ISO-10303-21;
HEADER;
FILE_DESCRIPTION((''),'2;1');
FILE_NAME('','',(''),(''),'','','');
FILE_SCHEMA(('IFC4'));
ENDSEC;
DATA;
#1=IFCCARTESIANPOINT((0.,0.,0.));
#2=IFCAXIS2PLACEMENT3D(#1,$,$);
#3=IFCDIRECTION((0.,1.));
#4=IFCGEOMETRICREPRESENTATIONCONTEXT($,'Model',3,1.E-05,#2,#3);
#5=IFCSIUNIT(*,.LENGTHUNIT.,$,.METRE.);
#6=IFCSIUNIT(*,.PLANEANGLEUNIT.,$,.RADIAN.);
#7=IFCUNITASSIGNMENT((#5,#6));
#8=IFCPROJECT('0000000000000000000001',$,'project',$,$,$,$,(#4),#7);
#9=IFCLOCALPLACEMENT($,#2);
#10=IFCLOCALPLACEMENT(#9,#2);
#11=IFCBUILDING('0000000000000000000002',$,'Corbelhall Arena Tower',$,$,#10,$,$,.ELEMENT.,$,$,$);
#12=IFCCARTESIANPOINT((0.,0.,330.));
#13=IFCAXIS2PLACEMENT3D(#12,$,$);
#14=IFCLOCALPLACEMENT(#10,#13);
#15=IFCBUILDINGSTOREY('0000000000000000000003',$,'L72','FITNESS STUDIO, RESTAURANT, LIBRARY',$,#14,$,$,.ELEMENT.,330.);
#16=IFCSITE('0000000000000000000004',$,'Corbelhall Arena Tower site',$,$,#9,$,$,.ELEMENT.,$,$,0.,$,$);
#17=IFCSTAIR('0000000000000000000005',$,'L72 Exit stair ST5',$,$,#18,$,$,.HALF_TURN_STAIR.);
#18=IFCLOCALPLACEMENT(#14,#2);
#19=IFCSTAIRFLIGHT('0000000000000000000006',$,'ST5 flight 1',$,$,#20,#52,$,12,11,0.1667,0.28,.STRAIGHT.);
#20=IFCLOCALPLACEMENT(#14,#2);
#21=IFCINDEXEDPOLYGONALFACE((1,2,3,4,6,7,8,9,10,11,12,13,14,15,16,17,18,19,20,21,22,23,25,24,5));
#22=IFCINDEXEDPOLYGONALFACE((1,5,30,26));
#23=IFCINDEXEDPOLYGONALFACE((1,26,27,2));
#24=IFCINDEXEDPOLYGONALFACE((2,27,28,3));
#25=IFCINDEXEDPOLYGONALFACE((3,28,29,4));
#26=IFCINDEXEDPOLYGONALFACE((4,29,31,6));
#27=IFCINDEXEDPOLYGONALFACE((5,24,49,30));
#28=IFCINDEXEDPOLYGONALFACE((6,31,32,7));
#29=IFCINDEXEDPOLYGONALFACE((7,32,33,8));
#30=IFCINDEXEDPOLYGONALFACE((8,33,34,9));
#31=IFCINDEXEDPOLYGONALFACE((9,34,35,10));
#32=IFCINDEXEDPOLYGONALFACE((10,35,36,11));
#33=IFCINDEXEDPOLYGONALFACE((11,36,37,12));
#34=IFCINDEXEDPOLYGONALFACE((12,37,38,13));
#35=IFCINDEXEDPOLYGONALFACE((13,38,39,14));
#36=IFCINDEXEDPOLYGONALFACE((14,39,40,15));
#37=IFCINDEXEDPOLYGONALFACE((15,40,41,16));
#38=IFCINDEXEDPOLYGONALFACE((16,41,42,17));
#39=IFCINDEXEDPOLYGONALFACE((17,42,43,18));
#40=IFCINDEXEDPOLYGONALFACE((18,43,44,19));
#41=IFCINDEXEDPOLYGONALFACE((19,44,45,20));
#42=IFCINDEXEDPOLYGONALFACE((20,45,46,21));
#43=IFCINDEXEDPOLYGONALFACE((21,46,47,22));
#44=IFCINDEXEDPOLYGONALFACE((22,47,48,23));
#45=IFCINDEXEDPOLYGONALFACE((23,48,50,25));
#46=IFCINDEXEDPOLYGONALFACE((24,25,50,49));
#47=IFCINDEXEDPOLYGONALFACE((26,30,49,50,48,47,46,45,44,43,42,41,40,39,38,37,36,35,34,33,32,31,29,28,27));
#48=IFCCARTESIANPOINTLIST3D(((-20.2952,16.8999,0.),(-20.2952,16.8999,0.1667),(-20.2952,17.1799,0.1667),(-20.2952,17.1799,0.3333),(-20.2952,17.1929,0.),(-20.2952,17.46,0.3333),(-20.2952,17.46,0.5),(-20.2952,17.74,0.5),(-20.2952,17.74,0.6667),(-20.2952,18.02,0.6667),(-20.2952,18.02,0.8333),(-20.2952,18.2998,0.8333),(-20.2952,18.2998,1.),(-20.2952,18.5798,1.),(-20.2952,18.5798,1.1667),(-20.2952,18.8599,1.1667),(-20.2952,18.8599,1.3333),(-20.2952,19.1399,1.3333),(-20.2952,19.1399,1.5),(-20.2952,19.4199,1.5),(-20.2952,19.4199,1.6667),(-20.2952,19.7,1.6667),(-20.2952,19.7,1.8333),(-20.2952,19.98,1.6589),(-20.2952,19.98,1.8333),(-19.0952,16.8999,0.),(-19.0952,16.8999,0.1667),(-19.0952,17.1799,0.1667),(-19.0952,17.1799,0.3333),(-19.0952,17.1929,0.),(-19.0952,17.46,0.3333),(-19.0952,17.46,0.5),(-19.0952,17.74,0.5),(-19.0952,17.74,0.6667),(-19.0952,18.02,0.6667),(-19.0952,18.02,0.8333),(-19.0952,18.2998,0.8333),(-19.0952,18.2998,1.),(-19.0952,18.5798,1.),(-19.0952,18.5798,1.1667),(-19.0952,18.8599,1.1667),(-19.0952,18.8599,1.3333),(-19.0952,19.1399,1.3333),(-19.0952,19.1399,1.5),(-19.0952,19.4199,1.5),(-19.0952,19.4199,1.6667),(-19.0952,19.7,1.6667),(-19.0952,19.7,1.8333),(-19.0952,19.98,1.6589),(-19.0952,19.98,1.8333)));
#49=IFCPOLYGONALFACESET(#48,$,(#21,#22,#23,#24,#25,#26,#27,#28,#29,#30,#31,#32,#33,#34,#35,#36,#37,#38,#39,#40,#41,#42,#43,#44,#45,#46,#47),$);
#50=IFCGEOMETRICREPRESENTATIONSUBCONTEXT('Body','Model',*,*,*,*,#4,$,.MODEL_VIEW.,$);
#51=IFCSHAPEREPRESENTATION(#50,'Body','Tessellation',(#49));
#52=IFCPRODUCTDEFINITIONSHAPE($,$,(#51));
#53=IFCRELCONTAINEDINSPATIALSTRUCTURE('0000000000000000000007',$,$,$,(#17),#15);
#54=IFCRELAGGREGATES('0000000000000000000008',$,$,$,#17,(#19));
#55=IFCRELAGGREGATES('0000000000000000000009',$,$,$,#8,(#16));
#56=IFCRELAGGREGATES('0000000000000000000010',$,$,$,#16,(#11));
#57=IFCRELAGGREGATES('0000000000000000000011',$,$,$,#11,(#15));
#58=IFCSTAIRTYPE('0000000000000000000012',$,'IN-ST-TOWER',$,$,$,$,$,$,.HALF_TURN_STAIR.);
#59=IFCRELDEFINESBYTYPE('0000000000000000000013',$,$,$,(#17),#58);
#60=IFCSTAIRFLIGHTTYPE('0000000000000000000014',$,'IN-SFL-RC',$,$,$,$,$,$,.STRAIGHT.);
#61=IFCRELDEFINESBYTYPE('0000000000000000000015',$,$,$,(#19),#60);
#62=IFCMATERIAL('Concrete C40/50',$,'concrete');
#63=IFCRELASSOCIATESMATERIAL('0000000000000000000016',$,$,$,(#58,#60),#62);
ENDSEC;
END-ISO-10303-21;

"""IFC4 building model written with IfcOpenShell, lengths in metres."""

from ifc_helpers import new_model, si_unit, direction, frame, origin, place, context, subcontext, project, spatial, polyline, outline, extrude, material, type_object, element, aggregate, save


model = new_model("IFC4")

# Units and contexts
model_context = context("Model", 3, precision=1e-05, world=origin(), true_north=direction((0.0, 1.0)))
body_context = subcontext(model_context, "Body", "Model", "MODEL_VIEW")
ifc_project = project(units=[si_unit("LENGTHUNIT", "METRE"), si_unit("PLANEANGLEUNIT", "RADIAN")], contexts=[model_context])

# Site, building, storey
site_placement = place(None, origin())
site = spatial("IfcSite", under=ifc_project, at=site_placement, Name="Corbelhall Arena Tower site", CompositionType="ELEMENT", RefElevation=0.0)
building_placement = place(site_placement, origin())
building = spatial("IfcBuilding", under=site, at=building_placement, Name="Corbelhall Arena Tower", CompositionType="ELEMENT")
storey_placement = place(building_placement, frame((0.0, 0.0, 330.0)))
storey = spatial("IfcBuildingStorey", under=building, at=storey_placement, Name="L72", Description="FITNESS STUDIO, RESTAURANT, LIBRARY", CompositionType="ELEMENT", Elevation=330.0)

# Shared definitions
ifc_material_1 = material(Name="Concrete C40/50", Category="concrete")

# Stair, stair flight
stair_type = type_object("IfcStairType", Name="IN-ST-TOWER", PredefinedType="HALF_TURN_STAIR", material=ifc_material_1)
stair_placement = place(storey_placement, origin())
stair = element("IfcStair", 1, at=stair_placement, inside=storey, type_object=stair_type, Name="L72 Exit stair ST5", PredefinedType="HALF_TURN_STAIR")
stair_flight_type = type_object("IfcStairFlightType", Name="IN-SFL-RC", PredefinedType="STRAIGHT", material=ifc_material_1)
stair_flight_placement = place(storey_placement, frame((-19.6951, 16.8999, 0.0), z_axis=(0.0, 0.0, 1.0), x_axis=(0.0, 1.0, 0.0)))
stair_flight = element("IfcStairFlight", 2, at=stair_flight_placement, type_object=stair_flight_type, Name="ST5 flight 1", NumberOfRisers=12, NumberOfTreads=11, PredefinedType="STRAIGHT", RiserHeight=0.1667, TreadLength=0.28, context=body_context, shape_type="SweptSolid", body=[
    extrude(outline(polyline([(0.0, 0.0), (0.0, 0.1667), (0.28, 0.1667), (0.28, 0.3333), (0.5601, 0.3333), (0.5601, 0.5), (0.8401, 0.5), (0.8401, 0.6667), (1.1201, 0.6667), (1.1201, 0.8333), (1.3999, 0.8333), (1.3999, 1.0), (1.6799, 1.0), (1.6799, 1.1667), (1.96, 1.1667), (1.96, 1.3333), (2.24, 1.3333), (2.24, 1.5), (2.52, 1.5), (2.52, 1.6667), (2.8, 1.6667), (2.8, 1.8333), (3.0801, 1.8333), (3.0801, 2.0), (3.0801, 1.6589), (0.293, 0.0), (0.0, 0.0)])), frame((0.0, 0.6001, 0.0), z_axis=(0.0, -1.0, 0.0), x_axis=(1.0, 0.0, 0.0)), (0.0, 0.0, 1.0), 1.2),
])
aggregate(stair, [stair_flight])

save(model, "model.ifc")
